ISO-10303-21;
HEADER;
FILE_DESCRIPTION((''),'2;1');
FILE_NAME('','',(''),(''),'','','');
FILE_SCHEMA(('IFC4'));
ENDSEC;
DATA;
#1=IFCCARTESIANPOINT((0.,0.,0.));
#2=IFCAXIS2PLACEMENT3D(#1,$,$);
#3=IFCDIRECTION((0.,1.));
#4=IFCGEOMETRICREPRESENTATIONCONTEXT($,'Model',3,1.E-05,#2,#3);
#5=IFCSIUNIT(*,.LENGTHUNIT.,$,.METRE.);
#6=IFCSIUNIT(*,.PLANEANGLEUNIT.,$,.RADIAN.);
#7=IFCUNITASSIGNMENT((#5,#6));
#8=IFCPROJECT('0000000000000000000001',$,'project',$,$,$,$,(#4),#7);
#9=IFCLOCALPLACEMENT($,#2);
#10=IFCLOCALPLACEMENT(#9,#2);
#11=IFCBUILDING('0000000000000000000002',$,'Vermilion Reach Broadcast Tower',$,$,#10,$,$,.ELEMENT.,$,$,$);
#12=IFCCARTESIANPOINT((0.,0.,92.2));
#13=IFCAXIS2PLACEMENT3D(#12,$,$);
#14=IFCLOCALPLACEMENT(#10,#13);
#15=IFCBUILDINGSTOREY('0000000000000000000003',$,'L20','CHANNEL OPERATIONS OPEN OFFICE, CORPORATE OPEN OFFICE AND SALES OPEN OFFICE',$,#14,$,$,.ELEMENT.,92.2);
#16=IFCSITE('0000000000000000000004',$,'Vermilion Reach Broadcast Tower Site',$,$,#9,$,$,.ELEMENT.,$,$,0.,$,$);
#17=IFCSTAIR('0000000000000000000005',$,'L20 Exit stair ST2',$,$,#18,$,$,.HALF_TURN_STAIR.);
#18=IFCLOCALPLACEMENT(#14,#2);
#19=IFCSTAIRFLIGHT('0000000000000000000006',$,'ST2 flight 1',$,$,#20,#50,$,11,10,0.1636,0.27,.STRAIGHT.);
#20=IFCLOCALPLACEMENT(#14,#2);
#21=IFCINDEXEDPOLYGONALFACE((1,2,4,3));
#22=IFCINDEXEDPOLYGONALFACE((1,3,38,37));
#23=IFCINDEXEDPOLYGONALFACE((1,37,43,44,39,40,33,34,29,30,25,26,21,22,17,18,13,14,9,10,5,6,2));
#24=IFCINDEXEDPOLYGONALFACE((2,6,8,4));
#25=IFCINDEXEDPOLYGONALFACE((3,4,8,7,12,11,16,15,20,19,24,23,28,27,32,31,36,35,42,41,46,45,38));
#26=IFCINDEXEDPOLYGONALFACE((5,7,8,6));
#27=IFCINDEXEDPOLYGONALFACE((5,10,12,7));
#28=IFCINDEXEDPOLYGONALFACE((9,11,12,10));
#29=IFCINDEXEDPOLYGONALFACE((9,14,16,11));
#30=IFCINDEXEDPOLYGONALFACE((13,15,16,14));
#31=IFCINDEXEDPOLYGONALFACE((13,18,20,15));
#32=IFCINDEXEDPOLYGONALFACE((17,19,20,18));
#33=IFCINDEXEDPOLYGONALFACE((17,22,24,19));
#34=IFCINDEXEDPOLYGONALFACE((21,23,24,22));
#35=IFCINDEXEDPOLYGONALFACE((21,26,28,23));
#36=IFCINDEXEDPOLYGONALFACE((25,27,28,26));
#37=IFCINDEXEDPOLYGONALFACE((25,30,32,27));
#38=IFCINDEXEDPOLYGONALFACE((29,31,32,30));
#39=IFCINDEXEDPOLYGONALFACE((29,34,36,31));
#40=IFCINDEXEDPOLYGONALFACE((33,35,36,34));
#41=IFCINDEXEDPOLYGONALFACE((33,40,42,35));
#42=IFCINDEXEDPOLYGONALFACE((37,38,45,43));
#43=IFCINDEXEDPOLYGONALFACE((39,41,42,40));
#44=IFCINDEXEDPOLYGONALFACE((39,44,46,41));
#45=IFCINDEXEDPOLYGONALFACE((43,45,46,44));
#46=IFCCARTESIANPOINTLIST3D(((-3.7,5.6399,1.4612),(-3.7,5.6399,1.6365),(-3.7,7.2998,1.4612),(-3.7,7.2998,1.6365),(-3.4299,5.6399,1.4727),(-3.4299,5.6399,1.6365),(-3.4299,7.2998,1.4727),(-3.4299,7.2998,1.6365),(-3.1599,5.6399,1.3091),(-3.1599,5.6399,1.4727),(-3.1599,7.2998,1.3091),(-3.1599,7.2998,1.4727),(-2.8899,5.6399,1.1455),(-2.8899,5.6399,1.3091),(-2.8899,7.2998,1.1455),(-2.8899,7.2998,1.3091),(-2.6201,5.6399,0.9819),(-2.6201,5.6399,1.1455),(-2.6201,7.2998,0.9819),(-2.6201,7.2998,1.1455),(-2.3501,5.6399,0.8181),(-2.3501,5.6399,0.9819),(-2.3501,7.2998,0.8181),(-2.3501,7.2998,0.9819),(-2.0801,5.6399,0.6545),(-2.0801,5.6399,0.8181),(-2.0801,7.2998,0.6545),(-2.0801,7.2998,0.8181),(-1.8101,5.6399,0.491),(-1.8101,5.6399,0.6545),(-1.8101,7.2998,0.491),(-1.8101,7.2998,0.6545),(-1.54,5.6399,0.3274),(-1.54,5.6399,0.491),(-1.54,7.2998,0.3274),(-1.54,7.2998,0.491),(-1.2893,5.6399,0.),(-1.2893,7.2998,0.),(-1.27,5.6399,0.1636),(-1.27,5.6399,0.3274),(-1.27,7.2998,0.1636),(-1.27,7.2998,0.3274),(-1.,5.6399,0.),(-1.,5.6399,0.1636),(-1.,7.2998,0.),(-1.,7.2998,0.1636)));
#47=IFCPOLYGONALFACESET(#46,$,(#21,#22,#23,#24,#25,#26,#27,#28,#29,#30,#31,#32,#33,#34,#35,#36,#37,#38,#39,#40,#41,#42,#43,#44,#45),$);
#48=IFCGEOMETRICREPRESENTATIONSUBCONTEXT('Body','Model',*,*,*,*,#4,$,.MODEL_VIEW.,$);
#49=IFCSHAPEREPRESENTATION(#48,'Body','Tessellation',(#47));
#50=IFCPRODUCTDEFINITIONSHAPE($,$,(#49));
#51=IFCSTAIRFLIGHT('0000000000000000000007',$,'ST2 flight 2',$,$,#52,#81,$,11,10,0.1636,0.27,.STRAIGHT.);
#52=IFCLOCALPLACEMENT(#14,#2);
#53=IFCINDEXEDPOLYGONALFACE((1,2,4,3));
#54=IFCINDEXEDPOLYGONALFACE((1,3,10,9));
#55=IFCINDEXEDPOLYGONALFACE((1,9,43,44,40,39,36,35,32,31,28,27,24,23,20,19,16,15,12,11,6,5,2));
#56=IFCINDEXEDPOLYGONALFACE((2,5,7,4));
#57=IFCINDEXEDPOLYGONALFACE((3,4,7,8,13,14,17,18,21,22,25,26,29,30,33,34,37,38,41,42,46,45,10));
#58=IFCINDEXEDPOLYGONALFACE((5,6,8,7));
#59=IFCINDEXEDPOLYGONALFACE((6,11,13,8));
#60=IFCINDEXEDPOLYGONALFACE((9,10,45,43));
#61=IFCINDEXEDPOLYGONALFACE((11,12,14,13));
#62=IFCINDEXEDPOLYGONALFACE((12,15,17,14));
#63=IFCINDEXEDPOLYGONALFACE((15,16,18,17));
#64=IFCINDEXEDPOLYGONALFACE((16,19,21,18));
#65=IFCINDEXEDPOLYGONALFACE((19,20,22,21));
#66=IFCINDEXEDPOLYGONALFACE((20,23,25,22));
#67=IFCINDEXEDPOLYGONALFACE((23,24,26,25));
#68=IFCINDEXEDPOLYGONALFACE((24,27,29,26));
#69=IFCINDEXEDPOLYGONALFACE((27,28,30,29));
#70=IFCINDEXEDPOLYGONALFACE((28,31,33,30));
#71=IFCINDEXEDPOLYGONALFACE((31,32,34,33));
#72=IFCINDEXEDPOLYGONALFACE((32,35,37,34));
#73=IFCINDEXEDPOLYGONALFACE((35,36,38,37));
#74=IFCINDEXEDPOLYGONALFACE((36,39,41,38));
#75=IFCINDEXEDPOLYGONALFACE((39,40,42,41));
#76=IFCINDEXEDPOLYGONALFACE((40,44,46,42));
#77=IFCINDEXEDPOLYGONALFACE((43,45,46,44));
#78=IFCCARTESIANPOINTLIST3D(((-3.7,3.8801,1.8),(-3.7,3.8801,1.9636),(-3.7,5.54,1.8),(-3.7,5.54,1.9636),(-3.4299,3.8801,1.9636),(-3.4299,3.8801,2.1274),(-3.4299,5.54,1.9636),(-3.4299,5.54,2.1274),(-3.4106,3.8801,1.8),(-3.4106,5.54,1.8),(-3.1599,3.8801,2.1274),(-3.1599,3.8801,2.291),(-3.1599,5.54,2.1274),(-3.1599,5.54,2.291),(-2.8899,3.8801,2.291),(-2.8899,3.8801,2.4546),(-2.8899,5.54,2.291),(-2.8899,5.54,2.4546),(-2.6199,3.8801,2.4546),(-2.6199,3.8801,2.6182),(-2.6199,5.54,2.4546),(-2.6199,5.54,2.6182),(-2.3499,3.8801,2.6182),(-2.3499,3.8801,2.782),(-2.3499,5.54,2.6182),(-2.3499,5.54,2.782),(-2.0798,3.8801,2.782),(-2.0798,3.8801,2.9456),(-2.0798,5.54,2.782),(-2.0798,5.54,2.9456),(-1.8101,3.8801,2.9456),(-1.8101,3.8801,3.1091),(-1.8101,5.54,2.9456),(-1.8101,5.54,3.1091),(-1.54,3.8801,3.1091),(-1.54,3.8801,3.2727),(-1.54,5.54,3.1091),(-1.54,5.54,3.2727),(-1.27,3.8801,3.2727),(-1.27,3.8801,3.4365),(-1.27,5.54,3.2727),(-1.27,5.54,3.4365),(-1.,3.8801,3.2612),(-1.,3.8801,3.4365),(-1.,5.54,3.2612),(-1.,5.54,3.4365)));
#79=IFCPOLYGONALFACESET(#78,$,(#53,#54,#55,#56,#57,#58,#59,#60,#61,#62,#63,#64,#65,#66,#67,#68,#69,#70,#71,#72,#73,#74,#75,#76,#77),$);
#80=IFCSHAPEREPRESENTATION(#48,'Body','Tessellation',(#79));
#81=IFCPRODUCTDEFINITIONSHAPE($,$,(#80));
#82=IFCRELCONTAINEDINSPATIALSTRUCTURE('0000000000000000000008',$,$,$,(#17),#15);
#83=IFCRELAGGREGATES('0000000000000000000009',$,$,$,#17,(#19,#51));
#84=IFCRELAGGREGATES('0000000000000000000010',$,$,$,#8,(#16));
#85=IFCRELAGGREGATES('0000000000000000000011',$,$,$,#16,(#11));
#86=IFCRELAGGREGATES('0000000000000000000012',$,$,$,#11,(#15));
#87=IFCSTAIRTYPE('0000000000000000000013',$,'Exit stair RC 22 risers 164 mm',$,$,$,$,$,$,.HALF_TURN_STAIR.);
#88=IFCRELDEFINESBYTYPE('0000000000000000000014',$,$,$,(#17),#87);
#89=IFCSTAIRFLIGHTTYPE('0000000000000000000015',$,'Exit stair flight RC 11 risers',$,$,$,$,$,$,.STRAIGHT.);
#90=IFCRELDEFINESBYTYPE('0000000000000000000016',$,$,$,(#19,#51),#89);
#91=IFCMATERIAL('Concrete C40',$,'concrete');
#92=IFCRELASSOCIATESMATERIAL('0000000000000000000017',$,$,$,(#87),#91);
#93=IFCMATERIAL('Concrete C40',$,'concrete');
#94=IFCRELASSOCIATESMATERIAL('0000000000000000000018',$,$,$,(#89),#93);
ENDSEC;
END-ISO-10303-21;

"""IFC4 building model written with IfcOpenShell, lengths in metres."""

from ifc_helpers import new_model, si_unit, direction, frame, origin, place, context, subcontext, project, spatial, polyline, outline, extrude, material, type_object, element, aggregate, save


model = new_model("IFC4")

# Units and contexts
model_context = context("Model", 3, precision=1e-05, world=origin(), true_north=direction((0.0, 1.0)))
body_context = subcontext(model_context, "Body", "Model", "MODEL_VIEW")
ifc_project = project(units=[si_unit("LENGTHUNIT", "METRE"), si_unit("PLANEANGLEUNIT", "RADIAN")], contexts=[model_context])

# Site, building, storey
site_placement = place(None, origin())
site = spatial("IfcSite", under=ifc_project, at=site_placement, Name="Vermilion Reach Broadcast Tower Site", CompositionType="ELEMENT", RefElevation=0.0)
building_placement = place(site_placement, origin())
building = spatial("IfcBuilding", under=site, at=building_placement, Name="Vermilion Reach Broadcast Tower", CompositionType="ELEMENT")
storey_placement = place(building_placement, frame((0.0, 0.0, 92.2)))
storey = spatial("IfcBuildingStorey", under=building, at=storey_placement, Name="L20", Description="CHANNEL OPERATIONS OPEN OFFICE, CORPORATE OPEN OFFICE AND SALES OPEN OFFICE", CompositionType="ELEMENT", Elevation=92.2)

# Stair
ifc_material_1 = material(Name="Concrete C40", Category="concrete")
stair_type = type_object("IfcStairType", Name="Exit stair RC 22 risers 164 mm", PredefinedType="HALF_TURN_STAIR", material=ifc_material_1)
placement_1 = place(storey_placement, origin())
stair_1 = element("IfcStair", 1, at=placement_1, inside=storey, type_object=stair_type, Name="L20 Exit stair ST2", PredefinedType="HALF_TURN_STAIR")

# Stair flights
ifc_material_2 = material(Name="Concrete C40", Category="concrete")
stair_flight_type = type_object("IfcStairFlightType", Name="Exit stair flight RC 11 risers", PredefinedType="STRAIGHT", material=ifc_material_2)
stair_flight_1_placement = place(storey_placement, frame((-1.0, 6.47, 0.0), z_axis=(0.0, 0.0, 1.0), x_axis=(-1.0, 0.0, 0.0)))
stair_flight_1 = element("IfcStairFlight", 2, at=stair_flight_1_placement, type_object=stair_flight_type, Name="ST2 flight 1", NumberOfRisers=11, NumberOfTreads=10, PredefinedType="STRAIGHT", RiserHeight=0.1636, TreadLength=0.27, context=body_context, shape_type="SweptSolid", body=[
    extrude(outline(polyline([(0.0, 0.0), (0.0, 0.1636), (0.27, 0.1636), (0.27, 0.3274), (0.54, 0.3274), (0.54, 0.491), (0.8101, 0.491), (0.8101, 0.6545), (1.0801, 0.6545), (1.0801, 0.8181), (1.3501, 0.8181), (1.3501, 0.9819), (1.6201, 0.9819), (1.6201, 1.1455), (1.8899, 1.1455), (1.8899, 1.3091), (2.1599, 1.3091), (2.1599, 1.4727), (2.4299, 1.4727), (2.4299, 1.6365), (2.7, 1.6365), (2.7, 1.8), (2.7, 1.4612), (0.2893, 0.0), (0.0, 0.0)])), frame((0.0, 0.8301, 0.0), z_axis=(0.0, -1.0, 0.0), x_axis=(1.0, 0.0, 0.0)), (0.0, 0.0, 1.0), 1.6599),
])
stair_flight_2_placement = place(storey_placement, frame((-3.7, 4.71, 1.8), z_axis=(0.0, 0.0, 1.0), x_axis=(1.0, 0.0, 0.0)))
stair_flight_2 = element("IfcStairFlight", 3, at=stair_flight_2_placement, type_object=stair_flight_type, Name="ST2 flight 2", NumberOfRisers=11, NumberOfTreads=10, PredefinedType="STRAIGHT", RiserHeight=0.1636, TreadLength=0.27, context=body_context, shape_type="SweptSolid", body=[
    extrude(outline(polyline([(0.0, 0.0), (0.0, 0.1636), (0.27, 0.1636), (0.27, 0.3274), (0.54, 0.3274), (0.54, 0.491), (0.8101, 0.491), (0.8101, 0.6545), (1.0801, 0.6545), (1.0801, 0.8181), (1.3501, 0.8181), (1.3501, 0.9819), (1.6201, 0.9819), (1.6201, 1.1455), (1.8899, 1.1455), (1.8899, 1.3091), (2.1599, 1.3091), (2.1599, 1.4727), (2.4299, 1.4727), (2.4299, 1.6365), (2.7, 1.6365), (2.7, 1.8), (2.7, 1.4612), (0.2893, 0.0), (0.0, 0.0)])), frame((0.0, 0.8301, 0.0), z_axis=(0.0, -1.0, 0.0), x_axis=(1.0, 0.0, 0.0)), (0.0, 0.0, 1.0), 1.6599),
])
aggregate(stair_1, [stair_flight_1, stair_flight_2])

save(model, "model.ifc")
